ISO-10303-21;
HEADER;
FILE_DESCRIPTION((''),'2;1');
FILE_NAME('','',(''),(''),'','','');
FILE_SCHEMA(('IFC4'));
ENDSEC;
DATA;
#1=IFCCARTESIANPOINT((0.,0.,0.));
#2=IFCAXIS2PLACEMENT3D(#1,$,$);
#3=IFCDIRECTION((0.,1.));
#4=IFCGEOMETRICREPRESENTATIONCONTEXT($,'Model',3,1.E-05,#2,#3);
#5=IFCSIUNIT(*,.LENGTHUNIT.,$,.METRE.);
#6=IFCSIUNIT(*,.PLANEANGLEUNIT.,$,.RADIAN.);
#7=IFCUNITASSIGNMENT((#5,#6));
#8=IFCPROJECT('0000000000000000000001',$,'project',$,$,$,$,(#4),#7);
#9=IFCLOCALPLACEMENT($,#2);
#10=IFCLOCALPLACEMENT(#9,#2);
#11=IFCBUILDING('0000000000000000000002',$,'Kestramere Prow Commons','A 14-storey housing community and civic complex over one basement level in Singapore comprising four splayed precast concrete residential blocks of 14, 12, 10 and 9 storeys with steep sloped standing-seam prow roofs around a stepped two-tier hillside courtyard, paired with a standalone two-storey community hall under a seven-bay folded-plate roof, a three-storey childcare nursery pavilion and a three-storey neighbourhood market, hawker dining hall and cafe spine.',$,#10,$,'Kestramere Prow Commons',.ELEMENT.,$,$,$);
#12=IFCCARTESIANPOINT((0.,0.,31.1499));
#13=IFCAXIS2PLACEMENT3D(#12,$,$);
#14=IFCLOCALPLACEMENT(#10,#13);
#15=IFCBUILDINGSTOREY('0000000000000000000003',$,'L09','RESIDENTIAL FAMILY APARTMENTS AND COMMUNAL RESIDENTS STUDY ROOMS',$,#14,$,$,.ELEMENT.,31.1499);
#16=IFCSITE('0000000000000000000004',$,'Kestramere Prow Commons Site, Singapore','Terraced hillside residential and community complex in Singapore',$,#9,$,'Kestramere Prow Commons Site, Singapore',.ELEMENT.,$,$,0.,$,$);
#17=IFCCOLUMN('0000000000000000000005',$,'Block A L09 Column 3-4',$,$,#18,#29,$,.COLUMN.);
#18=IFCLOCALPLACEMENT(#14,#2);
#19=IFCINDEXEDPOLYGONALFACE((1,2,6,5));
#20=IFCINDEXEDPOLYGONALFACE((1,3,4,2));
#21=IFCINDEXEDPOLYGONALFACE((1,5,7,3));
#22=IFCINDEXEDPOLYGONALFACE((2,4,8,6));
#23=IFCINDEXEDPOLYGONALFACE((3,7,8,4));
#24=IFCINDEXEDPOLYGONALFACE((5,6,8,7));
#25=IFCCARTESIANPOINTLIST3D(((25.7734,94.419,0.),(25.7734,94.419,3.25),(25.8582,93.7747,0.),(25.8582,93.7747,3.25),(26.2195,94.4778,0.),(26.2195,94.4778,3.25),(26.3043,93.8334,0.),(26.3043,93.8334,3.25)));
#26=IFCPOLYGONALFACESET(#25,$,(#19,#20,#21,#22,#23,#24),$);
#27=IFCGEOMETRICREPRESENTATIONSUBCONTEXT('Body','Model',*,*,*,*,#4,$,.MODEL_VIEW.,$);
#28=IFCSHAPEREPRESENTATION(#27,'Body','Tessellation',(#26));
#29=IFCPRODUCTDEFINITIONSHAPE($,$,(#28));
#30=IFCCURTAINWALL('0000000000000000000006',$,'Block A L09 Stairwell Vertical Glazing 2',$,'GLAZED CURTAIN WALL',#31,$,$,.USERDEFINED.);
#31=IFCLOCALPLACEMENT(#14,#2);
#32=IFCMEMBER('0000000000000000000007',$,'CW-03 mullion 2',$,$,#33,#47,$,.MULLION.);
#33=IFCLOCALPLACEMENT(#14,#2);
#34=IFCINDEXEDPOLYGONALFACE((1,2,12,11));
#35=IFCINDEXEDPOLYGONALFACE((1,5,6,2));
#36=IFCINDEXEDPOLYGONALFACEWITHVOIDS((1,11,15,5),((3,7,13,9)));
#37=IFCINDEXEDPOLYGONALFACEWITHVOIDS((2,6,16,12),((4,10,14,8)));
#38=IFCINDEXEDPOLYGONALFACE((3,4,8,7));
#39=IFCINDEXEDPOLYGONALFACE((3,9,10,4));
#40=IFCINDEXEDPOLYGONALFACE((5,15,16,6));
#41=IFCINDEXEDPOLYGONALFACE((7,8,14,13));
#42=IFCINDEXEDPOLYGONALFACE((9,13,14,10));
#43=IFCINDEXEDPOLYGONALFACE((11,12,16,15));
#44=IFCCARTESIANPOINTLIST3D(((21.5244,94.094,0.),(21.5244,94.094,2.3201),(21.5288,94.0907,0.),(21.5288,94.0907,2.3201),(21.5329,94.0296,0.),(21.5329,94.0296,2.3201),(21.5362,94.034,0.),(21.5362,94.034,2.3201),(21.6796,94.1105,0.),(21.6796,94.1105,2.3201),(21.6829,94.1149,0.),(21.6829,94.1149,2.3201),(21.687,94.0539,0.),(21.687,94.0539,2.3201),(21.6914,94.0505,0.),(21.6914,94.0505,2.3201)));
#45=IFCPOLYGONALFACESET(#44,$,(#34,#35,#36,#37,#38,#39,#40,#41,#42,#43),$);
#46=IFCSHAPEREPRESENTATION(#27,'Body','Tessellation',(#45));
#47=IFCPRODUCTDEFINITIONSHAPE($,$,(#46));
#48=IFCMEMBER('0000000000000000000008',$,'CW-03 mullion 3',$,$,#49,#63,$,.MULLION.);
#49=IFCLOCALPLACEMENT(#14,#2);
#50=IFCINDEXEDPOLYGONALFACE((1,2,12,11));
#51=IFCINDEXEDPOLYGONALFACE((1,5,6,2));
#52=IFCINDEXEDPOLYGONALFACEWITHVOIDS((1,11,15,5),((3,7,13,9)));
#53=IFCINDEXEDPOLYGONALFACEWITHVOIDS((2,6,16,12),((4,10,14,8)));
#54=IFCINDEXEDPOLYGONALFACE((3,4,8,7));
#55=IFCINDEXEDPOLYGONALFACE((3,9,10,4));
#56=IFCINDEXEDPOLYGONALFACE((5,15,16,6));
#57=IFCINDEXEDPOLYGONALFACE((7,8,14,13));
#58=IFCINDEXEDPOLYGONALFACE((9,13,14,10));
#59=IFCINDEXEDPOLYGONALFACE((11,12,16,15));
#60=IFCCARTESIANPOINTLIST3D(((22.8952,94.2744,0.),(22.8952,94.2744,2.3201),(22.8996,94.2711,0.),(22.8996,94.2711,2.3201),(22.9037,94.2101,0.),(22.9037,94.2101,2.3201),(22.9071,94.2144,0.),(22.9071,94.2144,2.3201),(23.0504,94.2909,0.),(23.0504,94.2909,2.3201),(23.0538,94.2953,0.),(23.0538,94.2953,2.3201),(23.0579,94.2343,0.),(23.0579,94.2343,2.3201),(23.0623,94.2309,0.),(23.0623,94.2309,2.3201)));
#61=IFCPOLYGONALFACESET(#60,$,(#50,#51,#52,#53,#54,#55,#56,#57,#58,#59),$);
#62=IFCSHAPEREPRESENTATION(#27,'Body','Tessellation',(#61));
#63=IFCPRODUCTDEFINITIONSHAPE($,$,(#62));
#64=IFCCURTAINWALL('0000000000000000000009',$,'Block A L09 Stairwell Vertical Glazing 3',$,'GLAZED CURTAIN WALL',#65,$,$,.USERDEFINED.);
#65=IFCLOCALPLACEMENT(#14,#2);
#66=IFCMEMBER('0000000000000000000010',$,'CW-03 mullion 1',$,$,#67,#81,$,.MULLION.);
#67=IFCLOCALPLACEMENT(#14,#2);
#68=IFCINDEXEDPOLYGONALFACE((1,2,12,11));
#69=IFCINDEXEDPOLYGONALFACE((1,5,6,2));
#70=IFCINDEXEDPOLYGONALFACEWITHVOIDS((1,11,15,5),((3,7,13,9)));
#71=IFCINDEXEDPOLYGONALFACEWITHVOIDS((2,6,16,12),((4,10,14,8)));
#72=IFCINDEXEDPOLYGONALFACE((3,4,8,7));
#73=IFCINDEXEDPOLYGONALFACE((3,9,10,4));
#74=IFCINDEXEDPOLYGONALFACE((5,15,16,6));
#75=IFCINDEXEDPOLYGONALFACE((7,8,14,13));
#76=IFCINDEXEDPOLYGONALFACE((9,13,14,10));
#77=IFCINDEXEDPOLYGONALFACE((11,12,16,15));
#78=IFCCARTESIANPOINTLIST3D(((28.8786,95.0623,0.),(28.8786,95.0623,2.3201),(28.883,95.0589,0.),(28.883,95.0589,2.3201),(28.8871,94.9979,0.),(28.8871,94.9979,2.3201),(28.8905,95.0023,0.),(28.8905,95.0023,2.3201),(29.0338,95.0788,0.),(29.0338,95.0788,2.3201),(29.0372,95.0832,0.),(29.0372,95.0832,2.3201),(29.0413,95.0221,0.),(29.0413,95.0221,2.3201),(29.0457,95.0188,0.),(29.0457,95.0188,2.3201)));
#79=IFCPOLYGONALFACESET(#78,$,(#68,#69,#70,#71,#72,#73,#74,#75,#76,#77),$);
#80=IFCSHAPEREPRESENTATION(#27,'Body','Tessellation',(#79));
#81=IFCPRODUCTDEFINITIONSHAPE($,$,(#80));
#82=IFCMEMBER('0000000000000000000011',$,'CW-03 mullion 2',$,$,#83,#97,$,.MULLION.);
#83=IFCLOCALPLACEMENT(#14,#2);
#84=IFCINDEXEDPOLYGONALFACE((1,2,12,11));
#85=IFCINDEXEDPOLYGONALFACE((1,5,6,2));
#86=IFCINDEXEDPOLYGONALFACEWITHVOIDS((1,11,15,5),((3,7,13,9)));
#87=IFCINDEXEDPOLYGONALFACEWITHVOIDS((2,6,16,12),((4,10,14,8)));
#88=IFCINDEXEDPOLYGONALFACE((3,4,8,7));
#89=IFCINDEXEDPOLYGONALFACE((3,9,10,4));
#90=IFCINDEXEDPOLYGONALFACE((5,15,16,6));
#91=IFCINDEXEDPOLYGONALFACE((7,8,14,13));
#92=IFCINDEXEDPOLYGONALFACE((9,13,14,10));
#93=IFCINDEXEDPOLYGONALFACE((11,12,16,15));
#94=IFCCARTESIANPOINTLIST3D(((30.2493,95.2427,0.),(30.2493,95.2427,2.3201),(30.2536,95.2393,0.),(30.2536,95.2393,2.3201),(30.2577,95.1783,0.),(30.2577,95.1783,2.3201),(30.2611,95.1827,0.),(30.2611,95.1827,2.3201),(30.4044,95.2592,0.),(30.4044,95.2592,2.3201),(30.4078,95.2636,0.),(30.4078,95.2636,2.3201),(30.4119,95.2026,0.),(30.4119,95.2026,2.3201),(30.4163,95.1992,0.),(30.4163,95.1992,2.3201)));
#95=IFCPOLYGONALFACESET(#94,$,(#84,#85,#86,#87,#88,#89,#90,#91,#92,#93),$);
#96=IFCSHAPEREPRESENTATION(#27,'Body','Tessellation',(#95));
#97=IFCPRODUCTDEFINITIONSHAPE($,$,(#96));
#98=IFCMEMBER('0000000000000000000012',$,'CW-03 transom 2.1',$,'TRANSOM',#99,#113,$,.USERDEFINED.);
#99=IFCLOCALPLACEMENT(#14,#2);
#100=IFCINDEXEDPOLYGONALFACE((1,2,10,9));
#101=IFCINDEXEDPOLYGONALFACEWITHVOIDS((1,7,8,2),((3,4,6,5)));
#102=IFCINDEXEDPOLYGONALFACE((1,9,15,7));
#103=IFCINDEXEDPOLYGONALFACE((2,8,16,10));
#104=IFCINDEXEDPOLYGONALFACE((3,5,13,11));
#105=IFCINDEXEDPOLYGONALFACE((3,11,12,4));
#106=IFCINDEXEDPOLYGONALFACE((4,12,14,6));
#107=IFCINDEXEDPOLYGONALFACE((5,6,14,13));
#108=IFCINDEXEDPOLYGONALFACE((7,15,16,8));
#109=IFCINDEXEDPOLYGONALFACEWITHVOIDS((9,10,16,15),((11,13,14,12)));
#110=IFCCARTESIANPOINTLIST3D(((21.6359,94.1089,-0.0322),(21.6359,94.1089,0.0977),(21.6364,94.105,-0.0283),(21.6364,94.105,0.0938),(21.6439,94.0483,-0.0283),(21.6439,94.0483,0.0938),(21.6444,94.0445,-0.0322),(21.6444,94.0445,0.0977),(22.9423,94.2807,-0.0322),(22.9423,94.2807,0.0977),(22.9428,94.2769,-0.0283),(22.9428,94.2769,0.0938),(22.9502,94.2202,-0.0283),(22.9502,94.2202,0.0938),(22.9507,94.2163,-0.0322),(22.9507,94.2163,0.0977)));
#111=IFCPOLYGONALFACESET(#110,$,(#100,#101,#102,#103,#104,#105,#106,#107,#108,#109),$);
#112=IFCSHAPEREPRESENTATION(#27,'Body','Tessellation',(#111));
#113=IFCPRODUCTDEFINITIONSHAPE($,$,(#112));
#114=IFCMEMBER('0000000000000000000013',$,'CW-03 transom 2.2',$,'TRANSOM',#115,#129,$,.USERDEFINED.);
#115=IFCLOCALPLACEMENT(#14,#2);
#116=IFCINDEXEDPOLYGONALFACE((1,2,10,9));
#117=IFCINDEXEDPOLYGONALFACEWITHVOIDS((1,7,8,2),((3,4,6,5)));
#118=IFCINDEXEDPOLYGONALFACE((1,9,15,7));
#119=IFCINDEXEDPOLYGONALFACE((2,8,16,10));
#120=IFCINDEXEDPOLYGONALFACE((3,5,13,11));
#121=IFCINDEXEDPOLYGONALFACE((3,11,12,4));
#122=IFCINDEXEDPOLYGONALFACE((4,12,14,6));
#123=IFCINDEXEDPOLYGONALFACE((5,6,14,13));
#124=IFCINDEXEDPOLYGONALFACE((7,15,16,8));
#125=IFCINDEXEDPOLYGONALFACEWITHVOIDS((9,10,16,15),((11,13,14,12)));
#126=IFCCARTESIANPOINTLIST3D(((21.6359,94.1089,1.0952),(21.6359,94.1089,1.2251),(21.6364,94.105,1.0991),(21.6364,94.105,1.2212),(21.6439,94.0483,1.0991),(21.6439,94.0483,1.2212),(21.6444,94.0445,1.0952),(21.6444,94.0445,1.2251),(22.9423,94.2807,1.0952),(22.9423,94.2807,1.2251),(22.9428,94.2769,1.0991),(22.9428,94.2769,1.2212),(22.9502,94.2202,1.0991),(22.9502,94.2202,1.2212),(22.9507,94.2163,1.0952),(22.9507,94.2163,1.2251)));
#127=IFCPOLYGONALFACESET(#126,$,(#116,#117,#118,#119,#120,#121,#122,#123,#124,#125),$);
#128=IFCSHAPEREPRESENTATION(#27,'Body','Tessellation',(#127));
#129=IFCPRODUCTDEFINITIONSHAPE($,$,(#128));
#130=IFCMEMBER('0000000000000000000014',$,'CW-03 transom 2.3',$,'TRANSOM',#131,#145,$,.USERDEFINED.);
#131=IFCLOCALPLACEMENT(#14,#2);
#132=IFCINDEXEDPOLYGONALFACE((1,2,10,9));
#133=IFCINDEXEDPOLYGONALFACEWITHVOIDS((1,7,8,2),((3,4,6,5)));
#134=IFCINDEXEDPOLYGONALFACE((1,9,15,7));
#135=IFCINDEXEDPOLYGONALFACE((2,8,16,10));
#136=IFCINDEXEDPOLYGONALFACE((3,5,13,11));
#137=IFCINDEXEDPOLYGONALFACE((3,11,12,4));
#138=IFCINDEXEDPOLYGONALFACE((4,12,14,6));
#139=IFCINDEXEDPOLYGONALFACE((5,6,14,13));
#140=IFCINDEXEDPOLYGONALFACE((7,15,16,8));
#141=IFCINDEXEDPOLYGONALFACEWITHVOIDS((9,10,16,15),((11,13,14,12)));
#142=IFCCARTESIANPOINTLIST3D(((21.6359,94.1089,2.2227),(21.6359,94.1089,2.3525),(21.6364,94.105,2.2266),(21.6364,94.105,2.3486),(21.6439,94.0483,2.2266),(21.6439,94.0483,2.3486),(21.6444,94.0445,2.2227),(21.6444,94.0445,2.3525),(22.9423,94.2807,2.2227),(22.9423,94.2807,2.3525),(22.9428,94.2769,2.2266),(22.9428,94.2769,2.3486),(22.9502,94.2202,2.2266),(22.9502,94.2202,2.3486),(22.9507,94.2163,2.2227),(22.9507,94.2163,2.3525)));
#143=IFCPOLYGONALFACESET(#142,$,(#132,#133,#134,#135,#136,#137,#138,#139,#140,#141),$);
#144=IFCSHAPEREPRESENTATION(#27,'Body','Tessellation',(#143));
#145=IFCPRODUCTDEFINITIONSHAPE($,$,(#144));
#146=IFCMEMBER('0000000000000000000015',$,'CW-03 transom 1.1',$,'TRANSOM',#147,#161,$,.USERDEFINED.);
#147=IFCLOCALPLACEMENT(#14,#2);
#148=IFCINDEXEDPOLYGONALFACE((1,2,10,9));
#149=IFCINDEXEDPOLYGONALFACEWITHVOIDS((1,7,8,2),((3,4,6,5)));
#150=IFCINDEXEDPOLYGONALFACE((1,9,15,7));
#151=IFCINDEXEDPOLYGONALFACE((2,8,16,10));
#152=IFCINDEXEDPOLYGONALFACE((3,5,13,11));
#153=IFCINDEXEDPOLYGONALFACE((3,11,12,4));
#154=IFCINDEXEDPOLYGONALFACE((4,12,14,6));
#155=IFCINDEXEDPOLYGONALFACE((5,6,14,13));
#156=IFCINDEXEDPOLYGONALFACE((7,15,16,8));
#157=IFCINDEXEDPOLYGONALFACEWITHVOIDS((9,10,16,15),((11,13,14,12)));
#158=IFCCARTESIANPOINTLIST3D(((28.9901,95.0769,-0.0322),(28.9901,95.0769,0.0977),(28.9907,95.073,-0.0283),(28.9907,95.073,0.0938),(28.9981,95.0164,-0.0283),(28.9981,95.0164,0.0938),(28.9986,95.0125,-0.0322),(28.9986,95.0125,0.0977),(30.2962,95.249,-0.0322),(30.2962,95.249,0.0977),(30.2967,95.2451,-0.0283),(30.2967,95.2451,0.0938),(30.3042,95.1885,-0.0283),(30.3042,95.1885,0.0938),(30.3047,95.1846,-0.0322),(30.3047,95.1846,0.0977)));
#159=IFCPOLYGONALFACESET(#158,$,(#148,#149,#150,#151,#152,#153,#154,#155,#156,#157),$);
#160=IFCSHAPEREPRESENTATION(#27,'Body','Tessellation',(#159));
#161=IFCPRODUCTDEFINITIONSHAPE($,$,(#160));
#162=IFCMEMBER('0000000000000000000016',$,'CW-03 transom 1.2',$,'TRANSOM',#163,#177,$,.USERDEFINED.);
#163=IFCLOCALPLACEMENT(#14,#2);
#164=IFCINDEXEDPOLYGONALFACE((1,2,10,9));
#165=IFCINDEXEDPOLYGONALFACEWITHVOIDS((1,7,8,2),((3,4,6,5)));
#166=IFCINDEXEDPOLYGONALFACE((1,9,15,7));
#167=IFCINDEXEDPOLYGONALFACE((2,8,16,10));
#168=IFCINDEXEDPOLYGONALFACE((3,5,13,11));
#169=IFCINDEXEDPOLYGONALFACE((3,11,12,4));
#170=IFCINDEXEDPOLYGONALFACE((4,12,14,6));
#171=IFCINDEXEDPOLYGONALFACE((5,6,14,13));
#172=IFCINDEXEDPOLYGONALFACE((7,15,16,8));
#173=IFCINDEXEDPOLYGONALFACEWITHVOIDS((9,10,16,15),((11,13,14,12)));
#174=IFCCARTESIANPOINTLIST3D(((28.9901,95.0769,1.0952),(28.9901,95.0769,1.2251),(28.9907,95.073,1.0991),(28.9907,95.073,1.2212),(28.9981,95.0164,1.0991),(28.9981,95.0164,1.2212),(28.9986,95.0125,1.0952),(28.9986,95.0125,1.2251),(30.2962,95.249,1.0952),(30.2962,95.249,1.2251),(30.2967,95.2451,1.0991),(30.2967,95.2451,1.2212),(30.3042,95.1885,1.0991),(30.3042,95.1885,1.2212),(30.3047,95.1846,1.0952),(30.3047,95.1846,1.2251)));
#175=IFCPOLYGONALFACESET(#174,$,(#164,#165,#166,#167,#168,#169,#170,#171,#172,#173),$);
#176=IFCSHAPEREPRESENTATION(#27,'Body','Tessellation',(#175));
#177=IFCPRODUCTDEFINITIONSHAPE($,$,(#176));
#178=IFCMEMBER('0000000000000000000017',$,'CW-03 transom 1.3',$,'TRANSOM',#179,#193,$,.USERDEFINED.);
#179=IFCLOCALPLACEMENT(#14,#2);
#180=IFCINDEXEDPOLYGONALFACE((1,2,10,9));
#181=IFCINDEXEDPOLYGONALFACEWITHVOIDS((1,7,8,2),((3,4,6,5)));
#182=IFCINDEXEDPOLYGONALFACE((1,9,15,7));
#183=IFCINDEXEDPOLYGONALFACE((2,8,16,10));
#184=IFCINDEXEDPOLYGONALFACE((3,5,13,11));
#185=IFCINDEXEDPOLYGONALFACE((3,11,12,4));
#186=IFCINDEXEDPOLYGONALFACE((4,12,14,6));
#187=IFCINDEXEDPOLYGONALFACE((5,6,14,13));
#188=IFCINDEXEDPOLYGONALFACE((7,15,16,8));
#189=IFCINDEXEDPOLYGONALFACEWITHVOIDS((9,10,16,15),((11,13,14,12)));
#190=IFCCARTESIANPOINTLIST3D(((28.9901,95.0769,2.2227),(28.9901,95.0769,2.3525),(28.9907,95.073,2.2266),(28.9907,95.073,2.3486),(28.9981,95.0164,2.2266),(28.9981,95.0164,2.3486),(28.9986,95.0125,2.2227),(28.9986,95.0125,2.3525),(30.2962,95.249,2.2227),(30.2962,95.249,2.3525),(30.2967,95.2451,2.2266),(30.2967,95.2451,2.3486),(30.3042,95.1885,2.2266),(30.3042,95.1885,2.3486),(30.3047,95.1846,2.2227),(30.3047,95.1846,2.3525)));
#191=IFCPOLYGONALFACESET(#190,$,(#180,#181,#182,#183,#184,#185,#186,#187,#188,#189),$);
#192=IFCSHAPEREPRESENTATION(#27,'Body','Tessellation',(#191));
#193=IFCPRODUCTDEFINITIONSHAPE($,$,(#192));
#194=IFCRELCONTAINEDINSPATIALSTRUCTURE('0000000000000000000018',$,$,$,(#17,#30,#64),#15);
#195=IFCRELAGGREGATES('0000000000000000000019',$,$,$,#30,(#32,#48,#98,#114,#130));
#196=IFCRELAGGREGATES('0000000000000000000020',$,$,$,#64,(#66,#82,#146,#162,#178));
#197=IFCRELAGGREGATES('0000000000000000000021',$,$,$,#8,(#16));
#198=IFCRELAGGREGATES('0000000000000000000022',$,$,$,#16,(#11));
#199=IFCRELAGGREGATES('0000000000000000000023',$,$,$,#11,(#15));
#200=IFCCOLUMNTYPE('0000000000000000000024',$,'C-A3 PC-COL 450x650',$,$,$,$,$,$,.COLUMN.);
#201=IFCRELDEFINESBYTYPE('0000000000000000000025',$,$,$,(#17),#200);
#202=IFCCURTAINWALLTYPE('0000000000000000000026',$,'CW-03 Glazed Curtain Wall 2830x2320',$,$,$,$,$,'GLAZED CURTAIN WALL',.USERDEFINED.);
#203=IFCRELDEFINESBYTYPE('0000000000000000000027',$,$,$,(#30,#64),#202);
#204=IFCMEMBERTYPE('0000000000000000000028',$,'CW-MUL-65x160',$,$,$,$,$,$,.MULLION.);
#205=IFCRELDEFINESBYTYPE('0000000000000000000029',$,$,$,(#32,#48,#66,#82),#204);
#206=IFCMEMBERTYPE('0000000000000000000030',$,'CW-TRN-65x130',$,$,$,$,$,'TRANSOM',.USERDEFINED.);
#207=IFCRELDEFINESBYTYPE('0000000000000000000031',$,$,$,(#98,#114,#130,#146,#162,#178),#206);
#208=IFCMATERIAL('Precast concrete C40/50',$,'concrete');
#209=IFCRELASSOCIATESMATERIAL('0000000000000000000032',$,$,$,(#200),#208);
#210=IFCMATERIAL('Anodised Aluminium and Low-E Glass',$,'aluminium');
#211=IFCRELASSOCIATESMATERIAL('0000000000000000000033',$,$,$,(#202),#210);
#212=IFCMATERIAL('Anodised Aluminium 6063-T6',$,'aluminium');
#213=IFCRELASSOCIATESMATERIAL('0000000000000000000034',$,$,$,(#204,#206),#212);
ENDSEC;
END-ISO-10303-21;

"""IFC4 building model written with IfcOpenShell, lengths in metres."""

from ifc_helpers import new_model, si_unit, direction, frame, origin, origin_2d, place, context, subcontext, project, spatial, rectangle, hollow_rectangle, extrude, material, material_profile, profile_set, type_object, element, aggregate, save


model = new_model("IFC4")

# Units and contexts
model_context = context("Model", 3, precision=1e-05, world=origin(), true_north=direction((0.0, 1.0)))
body_context = subcontext(model_context, "Body", "Model", "MODEL_VIEW")
ifc_project = project(units=[si_unit("LENGTHUNIT", "METRE"), si_unit("PLANEANGLEUNIT", "RADIAN")], contexts=[model_context])

# Site, building, storey
site_placement = place(None, origin())
site = spatial("IfcSite", under=ifc_project, at=site_placement, Name="Kestramere Prow Commons Site, Singapore", Description="Terraced hillside residential and community complex in Singapore", LongName="Kestramere Prow Commons Site, Singapore", CompositionType="ELEMENT", RefElevation=0.0)
building_placement = place(site_placement, origin())
building = spatial("IfcBuilding", under=site, at=building_placement, Name="Kestramere Prow Commons", Description="A 14-storey housing community and civic complex over one basement level in Singapore comprising four splayed precast concrete residential blocks of 14, 12, 10 and 9 storeys with steep sloped standing-seam prow roofs around a stepped two-tier hillside courtyard, paired with a standalone two-storey community hall under a seven-bay folded-plate roof, a three-storey childcare nursery pavilion and a three-storey neighbourhood market, hawker dining hall and cafe spine.", LongName="Kestramere Prow Commons", CompositionType="ELEMENT")
storey_placement = place(building_placement, frame((0.0, 0.0, 31.1499)))
storey = spatial("IfcBuildingStorey", under=building, at=storey_placement, Name="L09", Description="RESIDENTIAL FAMILY APARTMENTS AND COMMUNAL RESIDENTS STUDY ROOMS", CompositionType="ELEMENT", Elevation=31.1499)

# Column
ifc_material_1 = material(Name="Precast concrete C40/50", Category="concrete")
ifc_material_profile_1 = material_profile(ifc_material_1, rectangle(XDim=0.45, YDim=0.6499, at=origin_2d()), Name="PC-COL 450x650")
ifc_profile_set_1 = profile_set([ifc_material_profile_1], Name="Precast concrete C40/50")
column_type = type_object("IfcColumnType", Name="C-A3 PC-COL 450x650", PredefinedType="COLUMN", material=ifc_profile_set_1)
column_placement = place(storey_placement, frame((26.0388, 94.1262, 0.0), z_axis=(0.0, 0.0, 1.0), x_axis=(0.991445, 0.130526, 0.0)))
element("IfcColumn", 1, at=column_placement, inside=storey, type_object=column_type, Name="Block A L09 Column 3-4", PredefinedType="COLUMN", context=body_context, shape_type="SweptSolid", body=[
    extrude(rectangle(XDim=0.45, YDim=0.6499, at=origin_2d()), origin(), (0.0, 0.0, 1.0), 3.25),
])

# Curtain walls, members
ifc_material_2 = material(Name="Anodised Aluminium and Low-E Glass", Category="aluminium")
curtain_wall_type = type_object("IfcCurtainWallType", Name="CW-03 Glazed Curtain Wall 2830x2320", ElementType="GLAZED CURTAIN WALL", PredefinedType="USERDEFINED", material=ifc_material_2)
curtain_wall_1_placement = place(storey_placement, origin())
curtain_wall_1 = element("IfcCurtainWall", 2, at=curtain_wall_1_placement, inside=storey, type_object=curtain_wall_type, Name="Block A L09 Stairwell Vertical Glazing 2", ObjectType="GLAZED CURTAIN WALL", PredefinedType="USERDEFINED")
ifc_material_3 = material(Name="Anodised Aluminium 6063-T6", Category="aluminium")
ifc_material_profile_2 = material_profile(ifc_material_3, hollow_rectangle(XDim=0.0649, YDim=0.1599, WallThickness=0.0039, at=origin_2d()), Name="ALU-MUL 65x160")
ifc_profile_set_2 = profile_set([ifc_material_profile_2], Name="Anodised Aluminium 6063-T6")
member_type_1 = type_object("IfcMemberType", Name="CW-MUL-65x160", PredefinedType="MULLION", material=ifc_profile_set_2)
member_1_placement = place(storey_placement, frame((21.6079, 94.0723, 0.0), z_axis=(0.0, 0.0, 1.0), x_axis=(-0.130526, 0.991445, 0.0)))
member_1 = element("IfcMember", 3, at=member_1_placement, type_object=member_type_1, Name="CW-03 mullion 2", PredefinedType="MULLION", context=body_context, shape_type="SweptSolid", body=[
    extrude(hollow_rectangle(XDim=0.0649, YDim=0.1599, WallThickness=0.0039, at=origin_2d()), origin(), (0.0, 0.0, 1.0), 2.3201),
])
member_2_placement = place(storey_placement, frame((22.9788, 94.2527, 0.0), z_axis=(0.0, 0.0, 1.0), x_axis=(-0.130526, 0.991445, 0.0)))
member_2 = element("IfcMember", 4, at=member_2_placement, type_object=member_type_1, Name="CW-03 mullion 3", PredefinedType="MULLION", context=body_context, shape_type="SweptSolid", body=[
    extrude(hollow_rectangle(XDim=0.0649, YDim=0.1599, WallThickness=0.0039, at=origin_2d()), origin(), (0.0, 0.0, 1.0), 2.3201),
])
curtain_wall_2_placement = place(storey_placement, origin())
curtain_wall_2 = element("IfcCurtainWall", 5, at=curtain_wall_2_placement, inside=storey, type_object=curtain_wall_type, Name="Block A L09 Stairwell Vertical Glazing 3", ObjectType="GLAZED CURTAIN WALL", PredefinedType="USERDEFINED")
member_3_placement = place(storey_placement, frame((28.9622, 95.0405, 0.0), z_axis=(0.0, 0.0, 1.0), x_axis=(-0.130526, 0.991445, 0.0)))
member_3 = element("IfcMember", 6, at=member_3_placement, type_object=member_type_1, Name="CW-03 mullion 1", PredefinedType="MULLION", context=body_context, shape_type="SweptSolid", body=[
    extrude(hollow_rectangle(XDim=0.0649, YDim=0.1599, WallThickness=0.0039, at=origin_2d()), origin(), (0.0, 0.0, 1.0), 2.3201),
])
member_4_placement = place(storey_placement, frame((30.3328, 95.2209, 0.0), z_axis=(0.0, 0.0, 1.0), x_axis=(-0.130526, 0.991445, 0.0)))
member_4 = element("IfcMember", 7, at=member_4_placement, type_object=member_type_1, Name="CW-03 mullion 2", PredefinedType="MULLION", context=body_context, shape_type="SweptSolid", body=[
    extrude(hollow_rectangle(XDim=0.0649, YDim=0.1599, WallThickness=0.0039, at=origin_2d()), origin(), (0.0, 0.0, 1.0), 2.3201),
])

# Members
ifc_material_profile_3 = material_profile(ifc_material_3, hollow_rectangle(XDim=0.0649, YDim=0.1299, WallThickness=0.0039, at=origin_2d()), Name="ALU-TRN 65x130")
ifc_profile_set_3 = profile_set([ifc_material_profile_3], Name="Anodised Aluminium 6063-T6")
member_type_2 = type_object("IfcMemberType", Name="CW-TRN-65x130", ElementType="TRANSOM", PredefinedType="USERDEFINED", material=ifc_profile_set_3)
member_5_placement = place(storey_placement, frame((21.6401, 94.0767, 0.0327), z_axis=(0.991456, 0.13044, 0.0), x_axis=(-0.13044, 0.991456, 0.0)))
member_5 = element("IfcMember", 8, at=member_5_placement, type_object=member_type_2, Name="CW-03 transom 2.1", ObjectType="TRANSOM", PredefinedType="USERDEFINED", context=body_context, shape_type="SweptSolid", body=[
    extrude(hollow_rectangle(XDim=0.0649, YDim=0.1299, WallThickness=0.0039, at=origin_2d()), origin(), (0.0, 0.0, 1.0), 1.3176),
])
member_6_placement = place(storey_placement, frame((21.6401, 94.0767, 1.1602), z_axis=(0.991456, 0.13044, 0.0), x_axis=(-0.13044, 0.991456, 0.0)))
member_6 = element("IfcMember", 9, at=member_6_placement, type_object=member_type_2, Name="CW-03 transom 2.2", ObjectType="TRANSOM", PredefinedType="USERDEFINED", context=body_context, shape_type="SweptSolid", body=[
    extrude(hollow_rectangle(XDim=0.0649, YDim=0.1299, WallThickness=0.0039, at=origin_2d()), origin(), (0.0, 0.0, 1.0), 1.3176),
])
member_7_placement = place(storey_placement, frame((21.6401, 94.0767, 2.2876), z_axis=(0.991456, 0.13044, 0.0), x_axis=(-0.13044, 0.991456, 0.0)))
member_7 = element("IfcMember", 10, at=member_7_placement, type_object=member_type_2, Name="CW-03 transom 2.3", ObjectType="TRANSOM", PredefinedType="USERDEFINED", context=body_context, shape_type="SweptSolid", body=[
    extrude(hollow_rectangle(XDim=0.0649, YDim=0.1299, WallThickness=0.0039, at=origin_2d()), origin(), (0.0, 0.0, 1.0), 1.3176),
])
member_8_placement = place(storey_placement, frame((28.9944, 95.0447, 0.0327), z_axis=(0.991429, 0.130646, 0.0), x_axis=(-0.130646, 0.991429, 0.0)))
member_8 = element("IfcMember", 11, at=member_8_placement, type_object=member_type_2, Name="CW-03 transom 1.1", ObjectType="TRANSOM", PredefinedType="USERDEFINED", context=body_context, shape_type="SweptSolid", body=[
    extrude(hollow_rectangle(XDim=0.0649, YDim=0.1299, WallThickness=0.0039, at=origin_2d()), origin(), (0.0, 0.0, 1.0), 1.3174),
])
member_9_placement = place(storey_placement, frame((28.9944, 95.0447, 1.1602), z_axis=(0.991429, 0.130646, 0.0), x_axis=(-0.130646, 0.991429, 0.0)))
member_9 = element("IfcMember", 12, at=member_9_placement, type_object=member_type_2, Name="CW-03 transom 1.2", ObjectType="TRANSOM", PredefinedType="USERDEFINED", context=body_context, shape_type="SweptSolid", body=[
    extrude(hollow_rectangle(XDim=0.0649, YDim=0.1299, WallThickness=0.0039, at=origin_2d()), origin(), (0.0, 0.0, 1.0), 1.3174),
])
member_10_placement = place(storey_placement, frame((28.9944, 95.0447, 2.2876), z_axis=(0.991429, 0.130646, 0.0), x_axis=(-0.130646, 0.991429, 0.0)))
member_10 = element("IfcMember", 13, at=member_10_placement, type_object=member_type_2, Name="CW-03 transom 1.3", ObjectType="TRANSOM", PredefinedType="USERDEFINED", context=body_context, shape_type="SweptSolid", body=[
    extrude(hollow_rectangle(XDim=0.0649, YDim=0.1299, WallThickness=0.0039, at=origin_2d()), origin(), (0.0, 0.0, 1.0), 1.3174),
])

aggregate(curtain_wall_1, [member_1, member_2, member_5, member_6, member_7])
aggregate(curtain_wall_2, [member_3, member_4, member_8, member_9, member_10])

save(model, "model.ifc")
